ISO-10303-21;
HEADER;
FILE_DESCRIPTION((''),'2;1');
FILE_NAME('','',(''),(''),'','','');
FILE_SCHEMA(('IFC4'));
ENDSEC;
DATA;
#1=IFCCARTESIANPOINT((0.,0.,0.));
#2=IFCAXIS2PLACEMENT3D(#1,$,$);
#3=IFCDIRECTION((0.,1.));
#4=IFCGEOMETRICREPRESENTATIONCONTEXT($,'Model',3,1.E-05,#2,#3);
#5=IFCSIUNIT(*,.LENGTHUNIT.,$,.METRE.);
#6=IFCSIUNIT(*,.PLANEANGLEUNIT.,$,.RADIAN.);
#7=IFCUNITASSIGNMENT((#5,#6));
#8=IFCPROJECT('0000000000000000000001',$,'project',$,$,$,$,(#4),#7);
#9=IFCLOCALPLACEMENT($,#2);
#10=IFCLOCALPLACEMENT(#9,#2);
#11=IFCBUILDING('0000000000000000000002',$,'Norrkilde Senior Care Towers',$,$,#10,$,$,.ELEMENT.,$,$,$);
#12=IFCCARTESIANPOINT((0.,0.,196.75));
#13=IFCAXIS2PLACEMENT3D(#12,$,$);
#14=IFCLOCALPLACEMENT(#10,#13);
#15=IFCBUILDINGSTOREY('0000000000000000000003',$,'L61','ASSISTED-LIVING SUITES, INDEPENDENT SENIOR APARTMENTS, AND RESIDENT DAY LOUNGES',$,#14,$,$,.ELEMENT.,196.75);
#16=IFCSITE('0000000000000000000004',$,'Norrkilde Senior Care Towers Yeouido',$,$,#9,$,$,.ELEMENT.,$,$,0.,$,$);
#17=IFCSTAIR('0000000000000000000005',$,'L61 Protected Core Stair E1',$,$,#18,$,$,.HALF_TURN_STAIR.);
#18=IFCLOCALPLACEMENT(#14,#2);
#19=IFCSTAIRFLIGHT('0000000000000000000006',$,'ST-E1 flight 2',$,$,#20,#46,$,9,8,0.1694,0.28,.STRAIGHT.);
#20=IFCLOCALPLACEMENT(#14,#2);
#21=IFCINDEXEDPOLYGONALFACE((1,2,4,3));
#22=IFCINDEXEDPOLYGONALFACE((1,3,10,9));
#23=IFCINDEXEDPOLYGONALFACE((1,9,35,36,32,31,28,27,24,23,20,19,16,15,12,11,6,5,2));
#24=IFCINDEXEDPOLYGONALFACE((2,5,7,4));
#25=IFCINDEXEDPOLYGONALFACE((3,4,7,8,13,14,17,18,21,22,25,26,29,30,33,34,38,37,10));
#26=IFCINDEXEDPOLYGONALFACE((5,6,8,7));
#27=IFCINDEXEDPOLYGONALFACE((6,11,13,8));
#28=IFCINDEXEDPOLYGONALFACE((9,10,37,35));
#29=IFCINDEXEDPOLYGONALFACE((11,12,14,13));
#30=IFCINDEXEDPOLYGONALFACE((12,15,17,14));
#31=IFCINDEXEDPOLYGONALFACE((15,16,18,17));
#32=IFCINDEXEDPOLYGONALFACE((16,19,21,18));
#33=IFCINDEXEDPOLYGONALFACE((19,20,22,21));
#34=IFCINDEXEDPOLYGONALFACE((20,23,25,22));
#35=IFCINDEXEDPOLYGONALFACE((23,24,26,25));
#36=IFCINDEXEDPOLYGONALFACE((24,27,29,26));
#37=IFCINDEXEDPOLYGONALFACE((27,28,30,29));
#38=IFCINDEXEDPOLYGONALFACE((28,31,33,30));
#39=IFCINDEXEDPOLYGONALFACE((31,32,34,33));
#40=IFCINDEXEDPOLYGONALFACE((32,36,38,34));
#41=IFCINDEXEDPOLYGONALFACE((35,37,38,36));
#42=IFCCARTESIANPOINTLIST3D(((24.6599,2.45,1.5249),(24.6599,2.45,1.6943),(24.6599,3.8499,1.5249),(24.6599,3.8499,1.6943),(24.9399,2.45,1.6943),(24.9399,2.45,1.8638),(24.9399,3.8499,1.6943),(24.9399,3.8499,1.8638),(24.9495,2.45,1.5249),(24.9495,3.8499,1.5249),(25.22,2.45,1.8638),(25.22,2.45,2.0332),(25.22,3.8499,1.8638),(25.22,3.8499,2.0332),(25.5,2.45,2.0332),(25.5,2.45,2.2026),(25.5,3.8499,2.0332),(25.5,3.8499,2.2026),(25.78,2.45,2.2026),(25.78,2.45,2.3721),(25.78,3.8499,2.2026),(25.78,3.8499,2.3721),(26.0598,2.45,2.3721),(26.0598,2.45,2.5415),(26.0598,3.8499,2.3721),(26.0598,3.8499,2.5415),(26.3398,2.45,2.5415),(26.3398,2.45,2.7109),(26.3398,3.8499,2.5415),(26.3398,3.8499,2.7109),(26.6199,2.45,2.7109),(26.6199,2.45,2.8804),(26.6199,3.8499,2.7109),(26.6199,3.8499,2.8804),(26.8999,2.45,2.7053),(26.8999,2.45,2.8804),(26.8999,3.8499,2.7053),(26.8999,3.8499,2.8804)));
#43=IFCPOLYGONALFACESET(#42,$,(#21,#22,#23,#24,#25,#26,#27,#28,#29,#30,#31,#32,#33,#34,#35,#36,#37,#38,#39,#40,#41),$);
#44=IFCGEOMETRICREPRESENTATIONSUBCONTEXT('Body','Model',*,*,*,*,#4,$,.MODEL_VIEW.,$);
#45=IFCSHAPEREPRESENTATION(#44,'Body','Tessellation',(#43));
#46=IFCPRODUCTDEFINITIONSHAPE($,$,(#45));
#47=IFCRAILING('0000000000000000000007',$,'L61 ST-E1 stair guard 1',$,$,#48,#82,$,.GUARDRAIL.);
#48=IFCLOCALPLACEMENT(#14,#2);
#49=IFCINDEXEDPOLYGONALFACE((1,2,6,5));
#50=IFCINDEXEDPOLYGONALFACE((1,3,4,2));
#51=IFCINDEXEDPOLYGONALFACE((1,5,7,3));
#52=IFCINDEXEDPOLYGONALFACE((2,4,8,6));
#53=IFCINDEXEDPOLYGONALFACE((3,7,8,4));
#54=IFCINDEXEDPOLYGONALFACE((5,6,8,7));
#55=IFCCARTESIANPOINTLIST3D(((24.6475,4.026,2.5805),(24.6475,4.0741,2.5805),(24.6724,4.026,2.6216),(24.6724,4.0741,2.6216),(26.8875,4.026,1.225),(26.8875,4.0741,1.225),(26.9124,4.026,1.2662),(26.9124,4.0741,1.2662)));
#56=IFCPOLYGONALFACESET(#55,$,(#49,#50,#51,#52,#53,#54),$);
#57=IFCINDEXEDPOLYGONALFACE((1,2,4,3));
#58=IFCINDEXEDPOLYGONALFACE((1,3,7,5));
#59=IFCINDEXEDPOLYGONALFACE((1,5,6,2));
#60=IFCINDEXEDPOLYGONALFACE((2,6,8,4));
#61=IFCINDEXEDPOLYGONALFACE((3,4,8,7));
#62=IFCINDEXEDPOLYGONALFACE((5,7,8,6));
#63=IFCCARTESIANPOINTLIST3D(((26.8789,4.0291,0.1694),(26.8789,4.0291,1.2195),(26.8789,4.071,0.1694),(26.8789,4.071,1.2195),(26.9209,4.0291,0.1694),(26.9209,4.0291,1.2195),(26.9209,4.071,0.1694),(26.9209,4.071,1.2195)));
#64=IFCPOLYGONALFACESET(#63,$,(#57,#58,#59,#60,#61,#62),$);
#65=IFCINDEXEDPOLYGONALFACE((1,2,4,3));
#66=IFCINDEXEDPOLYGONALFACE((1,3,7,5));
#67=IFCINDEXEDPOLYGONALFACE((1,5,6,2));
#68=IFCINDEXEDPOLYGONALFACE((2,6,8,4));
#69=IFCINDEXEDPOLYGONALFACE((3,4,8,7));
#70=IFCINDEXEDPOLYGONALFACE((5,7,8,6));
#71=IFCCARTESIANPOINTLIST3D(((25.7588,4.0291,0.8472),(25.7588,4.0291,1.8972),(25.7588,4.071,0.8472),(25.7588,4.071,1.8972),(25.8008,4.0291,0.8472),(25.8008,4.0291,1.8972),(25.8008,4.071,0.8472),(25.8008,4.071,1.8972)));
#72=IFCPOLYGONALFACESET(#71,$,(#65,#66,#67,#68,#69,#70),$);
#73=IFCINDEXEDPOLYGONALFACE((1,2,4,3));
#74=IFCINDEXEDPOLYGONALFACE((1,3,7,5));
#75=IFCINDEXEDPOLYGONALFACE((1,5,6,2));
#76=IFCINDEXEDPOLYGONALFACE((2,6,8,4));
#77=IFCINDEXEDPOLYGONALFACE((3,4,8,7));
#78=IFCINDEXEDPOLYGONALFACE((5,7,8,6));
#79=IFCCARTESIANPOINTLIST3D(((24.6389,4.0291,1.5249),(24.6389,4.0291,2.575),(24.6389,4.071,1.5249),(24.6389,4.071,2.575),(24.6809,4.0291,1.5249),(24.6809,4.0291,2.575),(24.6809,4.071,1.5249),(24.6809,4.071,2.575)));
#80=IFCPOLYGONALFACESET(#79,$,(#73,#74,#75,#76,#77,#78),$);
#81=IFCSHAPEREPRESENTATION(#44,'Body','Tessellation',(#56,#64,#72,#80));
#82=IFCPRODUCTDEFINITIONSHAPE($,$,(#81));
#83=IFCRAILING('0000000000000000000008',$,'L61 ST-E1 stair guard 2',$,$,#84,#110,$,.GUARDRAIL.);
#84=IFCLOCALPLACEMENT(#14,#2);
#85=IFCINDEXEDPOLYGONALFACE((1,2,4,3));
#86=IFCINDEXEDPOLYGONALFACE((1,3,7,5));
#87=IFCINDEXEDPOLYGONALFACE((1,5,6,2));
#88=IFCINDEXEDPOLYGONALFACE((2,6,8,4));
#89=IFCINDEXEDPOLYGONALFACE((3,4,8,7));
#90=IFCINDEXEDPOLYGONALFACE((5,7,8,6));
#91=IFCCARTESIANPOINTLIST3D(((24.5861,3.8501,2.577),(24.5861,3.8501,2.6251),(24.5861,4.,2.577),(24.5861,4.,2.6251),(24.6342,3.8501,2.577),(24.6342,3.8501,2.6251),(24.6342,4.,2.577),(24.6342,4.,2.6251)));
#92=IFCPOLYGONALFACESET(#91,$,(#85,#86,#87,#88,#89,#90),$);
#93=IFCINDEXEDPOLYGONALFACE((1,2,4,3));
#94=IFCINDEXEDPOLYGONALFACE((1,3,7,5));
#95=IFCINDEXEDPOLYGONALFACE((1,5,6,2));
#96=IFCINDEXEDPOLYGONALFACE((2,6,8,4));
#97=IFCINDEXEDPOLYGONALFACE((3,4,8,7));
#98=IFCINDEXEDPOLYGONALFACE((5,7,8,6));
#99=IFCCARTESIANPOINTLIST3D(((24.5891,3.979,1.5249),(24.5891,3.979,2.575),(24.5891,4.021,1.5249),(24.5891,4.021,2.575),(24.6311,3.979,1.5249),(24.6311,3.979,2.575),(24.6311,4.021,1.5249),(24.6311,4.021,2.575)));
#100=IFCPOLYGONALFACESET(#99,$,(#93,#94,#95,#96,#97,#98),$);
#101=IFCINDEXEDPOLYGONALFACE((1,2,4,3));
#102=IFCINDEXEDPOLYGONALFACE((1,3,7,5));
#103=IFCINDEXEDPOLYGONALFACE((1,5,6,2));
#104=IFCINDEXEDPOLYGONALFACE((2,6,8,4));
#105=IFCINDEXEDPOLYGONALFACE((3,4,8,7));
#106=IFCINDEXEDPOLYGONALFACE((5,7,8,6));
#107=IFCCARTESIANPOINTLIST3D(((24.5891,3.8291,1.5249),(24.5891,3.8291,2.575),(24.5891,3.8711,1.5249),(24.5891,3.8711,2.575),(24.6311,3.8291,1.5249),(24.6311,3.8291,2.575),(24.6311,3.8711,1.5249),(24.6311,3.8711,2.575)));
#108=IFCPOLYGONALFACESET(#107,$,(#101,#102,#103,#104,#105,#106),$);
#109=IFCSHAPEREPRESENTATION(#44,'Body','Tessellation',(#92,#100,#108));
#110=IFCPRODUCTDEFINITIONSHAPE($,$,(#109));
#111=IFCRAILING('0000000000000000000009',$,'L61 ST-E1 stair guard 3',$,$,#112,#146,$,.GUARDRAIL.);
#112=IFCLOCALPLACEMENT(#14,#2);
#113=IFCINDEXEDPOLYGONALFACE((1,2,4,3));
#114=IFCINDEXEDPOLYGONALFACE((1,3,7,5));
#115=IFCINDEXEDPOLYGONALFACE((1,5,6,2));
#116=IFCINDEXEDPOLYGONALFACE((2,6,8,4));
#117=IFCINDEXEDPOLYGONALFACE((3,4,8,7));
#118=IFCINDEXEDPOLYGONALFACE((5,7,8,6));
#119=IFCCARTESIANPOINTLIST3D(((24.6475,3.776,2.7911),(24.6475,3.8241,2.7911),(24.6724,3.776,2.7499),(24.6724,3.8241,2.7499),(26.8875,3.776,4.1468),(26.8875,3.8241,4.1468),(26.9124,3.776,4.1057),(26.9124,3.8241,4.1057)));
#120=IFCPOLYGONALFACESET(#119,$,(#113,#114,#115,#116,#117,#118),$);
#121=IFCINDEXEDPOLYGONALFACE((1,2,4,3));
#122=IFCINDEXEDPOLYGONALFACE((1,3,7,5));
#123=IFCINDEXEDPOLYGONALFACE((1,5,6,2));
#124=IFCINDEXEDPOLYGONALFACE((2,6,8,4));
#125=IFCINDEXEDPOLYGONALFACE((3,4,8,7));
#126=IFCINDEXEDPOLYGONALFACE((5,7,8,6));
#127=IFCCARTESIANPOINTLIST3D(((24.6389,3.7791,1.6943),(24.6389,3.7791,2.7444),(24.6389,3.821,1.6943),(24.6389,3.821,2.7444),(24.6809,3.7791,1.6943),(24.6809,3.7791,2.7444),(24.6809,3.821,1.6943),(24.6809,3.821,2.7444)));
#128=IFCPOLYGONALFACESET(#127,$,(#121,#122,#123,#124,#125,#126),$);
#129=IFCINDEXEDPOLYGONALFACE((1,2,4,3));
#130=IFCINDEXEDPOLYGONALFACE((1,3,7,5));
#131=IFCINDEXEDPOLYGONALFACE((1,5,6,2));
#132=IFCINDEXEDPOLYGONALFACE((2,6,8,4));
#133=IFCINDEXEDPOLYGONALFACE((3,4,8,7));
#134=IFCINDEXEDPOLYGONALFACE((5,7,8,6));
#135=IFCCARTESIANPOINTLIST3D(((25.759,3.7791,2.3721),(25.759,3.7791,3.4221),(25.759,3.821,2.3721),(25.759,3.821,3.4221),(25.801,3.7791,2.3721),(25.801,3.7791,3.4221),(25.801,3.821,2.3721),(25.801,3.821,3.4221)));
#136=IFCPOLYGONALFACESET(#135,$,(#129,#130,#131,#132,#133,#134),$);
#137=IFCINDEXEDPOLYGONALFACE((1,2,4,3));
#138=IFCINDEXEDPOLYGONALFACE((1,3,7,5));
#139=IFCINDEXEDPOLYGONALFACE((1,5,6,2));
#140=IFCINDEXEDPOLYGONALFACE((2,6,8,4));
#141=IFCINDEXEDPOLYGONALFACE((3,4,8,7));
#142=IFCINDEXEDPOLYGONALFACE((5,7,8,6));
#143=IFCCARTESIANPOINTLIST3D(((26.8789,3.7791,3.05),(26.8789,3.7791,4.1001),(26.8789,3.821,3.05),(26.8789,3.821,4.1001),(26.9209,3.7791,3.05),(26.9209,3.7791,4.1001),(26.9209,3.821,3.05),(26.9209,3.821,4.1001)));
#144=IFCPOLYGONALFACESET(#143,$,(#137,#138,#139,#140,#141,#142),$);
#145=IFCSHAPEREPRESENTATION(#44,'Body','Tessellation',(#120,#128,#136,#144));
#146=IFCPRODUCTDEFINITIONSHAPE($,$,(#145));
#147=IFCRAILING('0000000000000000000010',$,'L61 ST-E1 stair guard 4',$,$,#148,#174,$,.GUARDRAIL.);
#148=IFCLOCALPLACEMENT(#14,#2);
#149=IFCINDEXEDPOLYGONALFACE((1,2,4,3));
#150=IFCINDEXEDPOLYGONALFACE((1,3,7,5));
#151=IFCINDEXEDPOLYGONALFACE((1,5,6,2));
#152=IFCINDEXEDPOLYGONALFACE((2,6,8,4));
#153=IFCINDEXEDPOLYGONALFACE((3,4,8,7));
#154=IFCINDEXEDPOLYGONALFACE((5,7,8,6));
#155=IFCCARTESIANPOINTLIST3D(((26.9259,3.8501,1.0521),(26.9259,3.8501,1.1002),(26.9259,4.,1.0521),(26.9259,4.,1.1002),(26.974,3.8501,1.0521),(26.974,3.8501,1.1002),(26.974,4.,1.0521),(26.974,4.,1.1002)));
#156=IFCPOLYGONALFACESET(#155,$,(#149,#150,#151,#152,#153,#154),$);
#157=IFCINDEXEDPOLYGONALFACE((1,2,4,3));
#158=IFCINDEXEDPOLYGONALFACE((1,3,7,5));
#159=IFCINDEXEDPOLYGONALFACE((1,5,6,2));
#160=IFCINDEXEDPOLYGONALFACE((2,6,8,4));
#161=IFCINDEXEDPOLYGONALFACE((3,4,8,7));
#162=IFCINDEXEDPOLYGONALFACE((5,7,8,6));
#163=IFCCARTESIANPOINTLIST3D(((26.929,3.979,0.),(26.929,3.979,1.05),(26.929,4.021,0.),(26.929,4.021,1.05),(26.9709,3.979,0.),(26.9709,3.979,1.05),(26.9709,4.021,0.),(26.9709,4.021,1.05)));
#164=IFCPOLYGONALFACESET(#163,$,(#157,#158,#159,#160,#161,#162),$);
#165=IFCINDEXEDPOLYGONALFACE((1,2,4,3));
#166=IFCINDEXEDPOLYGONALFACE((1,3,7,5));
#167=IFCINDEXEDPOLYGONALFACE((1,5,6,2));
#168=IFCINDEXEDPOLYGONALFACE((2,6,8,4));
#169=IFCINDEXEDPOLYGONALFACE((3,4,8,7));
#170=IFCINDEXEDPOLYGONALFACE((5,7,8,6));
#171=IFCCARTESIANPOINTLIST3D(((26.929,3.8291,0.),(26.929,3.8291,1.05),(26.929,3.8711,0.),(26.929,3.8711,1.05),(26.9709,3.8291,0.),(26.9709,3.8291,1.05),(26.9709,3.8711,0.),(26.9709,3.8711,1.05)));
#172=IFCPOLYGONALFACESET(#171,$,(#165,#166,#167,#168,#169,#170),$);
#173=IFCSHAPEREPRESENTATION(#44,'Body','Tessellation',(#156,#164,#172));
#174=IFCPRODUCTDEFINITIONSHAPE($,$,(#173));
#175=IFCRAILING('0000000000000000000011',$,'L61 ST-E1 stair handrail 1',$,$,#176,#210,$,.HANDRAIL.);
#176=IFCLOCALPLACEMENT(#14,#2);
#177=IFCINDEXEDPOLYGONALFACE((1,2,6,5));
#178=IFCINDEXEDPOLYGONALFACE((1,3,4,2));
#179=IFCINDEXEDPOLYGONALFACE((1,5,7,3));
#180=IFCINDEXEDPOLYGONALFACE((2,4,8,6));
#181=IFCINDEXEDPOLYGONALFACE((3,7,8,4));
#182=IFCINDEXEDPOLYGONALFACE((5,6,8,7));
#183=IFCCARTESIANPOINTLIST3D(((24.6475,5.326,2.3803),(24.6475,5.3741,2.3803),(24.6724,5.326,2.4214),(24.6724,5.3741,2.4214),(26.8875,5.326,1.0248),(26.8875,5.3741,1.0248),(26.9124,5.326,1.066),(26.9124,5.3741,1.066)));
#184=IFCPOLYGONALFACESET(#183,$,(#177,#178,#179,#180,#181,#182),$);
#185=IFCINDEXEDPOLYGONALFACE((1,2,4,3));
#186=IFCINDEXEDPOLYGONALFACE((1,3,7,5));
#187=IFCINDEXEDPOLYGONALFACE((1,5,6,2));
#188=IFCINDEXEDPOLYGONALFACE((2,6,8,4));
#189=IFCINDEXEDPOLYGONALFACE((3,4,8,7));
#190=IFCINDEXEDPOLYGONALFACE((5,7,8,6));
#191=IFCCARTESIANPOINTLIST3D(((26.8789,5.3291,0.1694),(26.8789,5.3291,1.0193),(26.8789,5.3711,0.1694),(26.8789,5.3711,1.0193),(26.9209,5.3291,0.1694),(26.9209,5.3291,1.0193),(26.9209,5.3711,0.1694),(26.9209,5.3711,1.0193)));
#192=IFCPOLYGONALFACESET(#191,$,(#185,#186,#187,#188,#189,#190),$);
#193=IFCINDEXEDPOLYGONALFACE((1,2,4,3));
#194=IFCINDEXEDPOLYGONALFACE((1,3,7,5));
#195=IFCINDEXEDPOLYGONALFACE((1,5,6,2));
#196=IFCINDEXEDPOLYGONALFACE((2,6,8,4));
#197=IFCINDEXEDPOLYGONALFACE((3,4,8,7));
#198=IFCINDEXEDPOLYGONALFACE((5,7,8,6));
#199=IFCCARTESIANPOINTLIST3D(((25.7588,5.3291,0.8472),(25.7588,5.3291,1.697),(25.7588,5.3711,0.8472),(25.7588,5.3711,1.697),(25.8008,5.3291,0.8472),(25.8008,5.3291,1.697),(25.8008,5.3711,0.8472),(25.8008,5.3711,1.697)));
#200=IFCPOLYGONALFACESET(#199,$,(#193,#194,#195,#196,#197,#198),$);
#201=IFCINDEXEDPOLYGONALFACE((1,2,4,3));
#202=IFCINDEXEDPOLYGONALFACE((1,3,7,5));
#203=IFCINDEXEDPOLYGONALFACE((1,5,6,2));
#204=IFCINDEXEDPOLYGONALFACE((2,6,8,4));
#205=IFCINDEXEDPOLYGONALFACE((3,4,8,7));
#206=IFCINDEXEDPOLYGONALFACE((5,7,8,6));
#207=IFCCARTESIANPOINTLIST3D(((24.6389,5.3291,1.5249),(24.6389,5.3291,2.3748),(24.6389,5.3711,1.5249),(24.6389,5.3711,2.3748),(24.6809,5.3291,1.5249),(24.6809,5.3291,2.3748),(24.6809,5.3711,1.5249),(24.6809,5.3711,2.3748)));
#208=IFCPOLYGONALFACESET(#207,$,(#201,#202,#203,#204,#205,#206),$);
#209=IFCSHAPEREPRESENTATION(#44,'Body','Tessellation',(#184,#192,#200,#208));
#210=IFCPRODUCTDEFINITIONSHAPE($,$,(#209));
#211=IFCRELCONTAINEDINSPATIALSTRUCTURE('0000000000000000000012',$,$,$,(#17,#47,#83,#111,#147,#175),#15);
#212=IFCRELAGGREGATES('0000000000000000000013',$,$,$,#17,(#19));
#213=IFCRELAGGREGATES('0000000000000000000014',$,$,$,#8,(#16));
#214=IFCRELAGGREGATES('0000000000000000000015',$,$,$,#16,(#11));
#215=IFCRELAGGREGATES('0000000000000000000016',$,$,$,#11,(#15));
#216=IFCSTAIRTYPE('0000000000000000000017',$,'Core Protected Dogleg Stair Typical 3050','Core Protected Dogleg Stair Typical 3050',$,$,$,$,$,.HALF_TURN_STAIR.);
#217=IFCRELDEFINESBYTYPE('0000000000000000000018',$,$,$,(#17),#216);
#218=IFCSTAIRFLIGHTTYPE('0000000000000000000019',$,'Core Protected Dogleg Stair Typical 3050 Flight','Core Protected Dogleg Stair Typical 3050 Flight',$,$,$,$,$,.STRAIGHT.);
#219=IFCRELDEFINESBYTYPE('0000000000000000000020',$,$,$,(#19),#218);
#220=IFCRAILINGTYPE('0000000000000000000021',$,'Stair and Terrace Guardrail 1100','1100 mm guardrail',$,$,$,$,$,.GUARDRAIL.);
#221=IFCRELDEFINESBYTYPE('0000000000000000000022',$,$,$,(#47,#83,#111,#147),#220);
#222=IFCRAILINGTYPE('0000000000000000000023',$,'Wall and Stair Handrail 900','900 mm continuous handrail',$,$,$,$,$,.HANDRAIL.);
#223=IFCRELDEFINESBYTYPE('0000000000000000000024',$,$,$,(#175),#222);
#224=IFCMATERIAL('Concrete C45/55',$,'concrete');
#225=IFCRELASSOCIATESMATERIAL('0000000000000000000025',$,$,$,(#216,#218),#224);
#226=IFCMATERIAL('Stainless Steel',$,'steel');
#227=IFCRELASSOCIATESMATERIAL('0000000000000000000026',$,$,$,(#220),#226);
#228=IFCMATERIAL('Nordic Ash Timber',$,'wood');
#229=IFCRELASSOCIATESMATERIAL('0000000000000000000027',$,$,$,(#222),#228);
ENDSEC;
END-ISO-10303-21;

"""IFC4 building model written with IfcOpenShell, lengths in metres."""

from ifc_helpers import new_model, si_unit, direction, frame, origin, origin_2d, place, context, subcontext, project, spatial, polyline, rectangle, outline, extrude, material, type_object, element, aggregate, save


model = new_model("IFC4")

# Units and contexts
model_context = context("Model", 3, precision=1e-05, world=origin(), true_north=direction((0.0, 1.0)))
body_context = subcontext(model_context, "Body", "Model", "MODEL_VIEW")
ifc_project = project(units=[si_unit("LENGTHUNIT", "METRE"), si_unit("PLANEANGLEUNIT", "RADIAN")], contexts=[model_context])

# Site, building, storey
site_placement = place(None, origin())
site = spatial("IfcSite", under=ifc_project, at=site_placement, Name="Norrkilde Senior Care Towers Yeouido", CompositionType="ELEMENT", RefElevation=0.0)
building_placement = place(site_placement, origin())
building = spatial("IfcBuilding", under=site, at=building_placement, Name="Norrkilde Senior Care Towers", CompositionType="ELEMENT")
storey_placement = place(building_placement, frame((0.0, 0.0, 196.75)))
storey = spatial("IfcBuildingStorey", under=building, at=storey_placement, Name="L61", Description="ASSISTED-LIVING SUITES, INDEPENDENT SENIOR APARTMENTS, AND RESIDENT DAY LOUNGES", CompositionType="ELEMENT", Elevation=196.75)

# Shared definitions
ifc_material_1 = material(Name="Concrete C45/55", Category="concrete")

# Shared definitions
ifc_material_2 = material(Name="Stainless Steel", Category="steel")

# Shared definitions
ifc_material_3 = material(Name="Nordic Ash Timber", Category="wood")

# Stair, stair flight
stair_type = type_object("IfcStairType", Name="Core Protected Dogleg Stair Typical 3050", Description="Core Protected Dogleg Stair Typical 3050", PredefinedType="HALF_TURN_STAIR", material=ifc_material_1)
stair_placement = place(storey_placement, origin())
stair = element("IfcStair", 1, at=stair_placement, inside=storey, type_object=stair_type, Name="L61 Protected Core Stair E1", PredefinedType="HALF_TURN_STAIR")
stair_flight_type = type_object("IfcStairFlightType", Name="Core Protected Dogleg Stair Typical 3050 Flight", Description="Core Protected Dogleg Stair Typical 3050 Flight", PredefinedType="STRAIGHT", material=ifc_material_1)
stair_flight_1_placement = place(storey_placement, frame((24.6599, 3.1499, 1.5249), z_axis=(0.0, 0.0, 1.0), x_axis=(1.0, 0.0, 0.0)))
stair_flight_1 = element("IfcStairFlight", 2, at=stair_flight_1_placement, type_object=stair_flight_type, Name="ST-E1 flight 2", NumberOfRisers=9, NumberOfTreads=8, PredefinedType="STRAIGHT", RiserHeight=0.1694, TreadLength=0.28, context=body_context, shape_type="SweptSolid", body=[
    extrude(outline(polyline([(0.0, 0.0), (0.0, 0.1694), (0.28, 0.1694), (0.28, 0.3389), (0.5601, 0.3389), (0.5601, 0.5083), (0.8401, 0.5083), (0.8401, 0.6777), (1.1201, 0.6777), (1.1201, 0.8472), (1.3999, 0.8472), (1.3999, 1.0166), (1.6799, 1.0166), (1.6799, 1.186), (1.96, 1.186), (1.96, 1.3555), (2.24, 1.3555), (2.24, 1.5249), (2.24, 1.1804), (0.2896, 0.0), (0.0, 0.0)])), frame((0.0, 0.7, 0.0), z_axis=(0.0, -1.0, 0.0), x_axis=(1.0, 0.0, 0.0)), (0.0, 0.0, 1.0), 1.3999),
])
aggregate(stair, [stair_flight_1])

# Railings
railing_type_1 = type_object("IfcRailingType", Name="Stair and Terrace Guardrail 1100", Description="1100 mm guardrail", PredefinedType="GUARDRAIL", material=ifc_material_2)
railing_1_placement = place(storey_placement, frame((26.8999, 4.05, 0.1694)))
element("IfcRailing", 3, at=railing_1_placement, inside=storey, type_object=railing_type_1, Name="L61 ST-E1 stair guard 1", PredefinedType="GUARDRAIL", context=body_context, shape_type="SweptSolid", body=[
    extrude(rectangle(XDim=0.0481, YDim=0.0481, at=origin_2d()), frame((0.0, 0.0, 1.0762), z_axis=(-0.855553, 0.0, 0.517715), x_axis=(0.0, -1.0, 0.0)), (0.0, 0.0, 1.0), 2.6182),
    extrude(rectangle(XDim=0.042, YDim=0.042, at=origin_2d()), origin(), (0.0, 0.0, 1.0), 1.05),
    extrude(rectangle(XDim=0.042, YDim=0.042, at=origin_2d()), frame((-1.1201, 0.0, 0.6777)), (0.0, 0.0, 1.0), 1.05),
    extrude(rectangle(XDim=0.042, YDim=0.042, at=origin_2d()), frame((-2.24, 0.0, 1.3555)), (0.0, 0.0, 1.0), 1.05),
])
railing_2_placement = place(storey_placement, frame((24.6101, 4.0, 1.5249)))
element("IfcRailing", 4, at=railing_2_placement, inside=storey, type_object=railing_type_1, Name="L61 ST-E1 stair guard 2", PredefinedType="GUARDRAIL", context=body_context, shape_type="SweptSolid", body=[
    extrude(rectangle(XDim=0.0481, YDim=0.0481, at=origin_2d()), frame((0.0, 0.0, 1.0762), z_axis=(0.0, -1.0, 0.0), x_axis=(1.0, 0.0, 0.0)), (0.0, 0.0, 1.0), 0.1499),
    extrude(rectangle(XDim=0.042, YDim=0.042, at=origin_2d()), origin(), (0.0, 0.0, 1.0), 1.05),
    extrude(rectangle(XDim=0.042, YDim=0.042, at=origin_2d()), frame((0.0, -0.1499, 0.0)), (0.0, 0.0, 1.0), 1.05),
])
railing_3_placement = place(storey_placement, frame((24.6599, 3.8, 1.6943)))
element("IfcRailing", 5, at=railing_3_placement, inside=storey, type_object=railing_type_1, Name="L61 ST-E1 stair guard 3", PredefinedType="GUARDRAIL", context=body_context, shape_type="SweptSolid", body=[
    extrude(rectangle(XDim=0.0481, YDim=0.0481, at=origin_2d()), frame((0.0, 0.0, 1.0762), z_axis=(0.855512, 0.0, 0.517783), x_axis=(0.0, 1.0, 0.0)), (0.0, 0.0, 1.0), 2.6184),
    extrude(rectangle(XDim=0.042, YDim=0.042, at=origin_2d()), origin(), (0.0, 0.0, 1.0), 1.05),
    extrude(rectangle(XDim=0.042, YDim=0.042, at=origin_2d()), frame((1.1201, 0.0, 0.6777)), (0.0, 0.0, 1.0), 1.05),
    extrude(rectangle(XDim=0.042, YDim=0.042, at=origin_2d()), frame((2.24, 0.0, 1.3557)), (0.0, 0.0, 1.0), 1.05),
])
railing_4_placement = place(storey_placement, frame((26.95, 4.0, 0.0)))
element("IfcRailing", 6, at=railing_4_placement, inside=storey, type_object=railing_type_1, Name="L61 ST-E1 stair guard 4", PredefinedType="GUARDRAIL", context=body_context, shape_type="SweptSolid", body=[
    extrude(rectangle(XDim=0.0481, YDim=0.0481, at=origin_2d()), frame((0.0, 0.0, 1.0762), z_axis=(0.0, -1.0, 0.0), x_axis=(1.0, 0.0, 0.0)), (0.0, 0.0, 1.0), 0.1499),
    extrude(rectangle(XDim=0.042, YDim=0.042, at=origin_2d()), origin(), (0.0, 0.0, 1.0), 1.05),
    extrude(rectangle(XDim=0.042, YDim=0.042, at=origin_2d()), frame((0.0, -0.1499, 0.0)), (0.0, 0.0, 1.0), 1.05),
])
railing_type_2 = type_object("IfcRailingType", Name="Wall and Stair Handrail 900", Description="900 mm continuous handrail", PredefinedType="HANDRAIL", material=ifc_material_3)
railing_5_placement = place(storey_placement, frame((26.8999, 5.3501, 0.1694)))
element("IfcRailing", 7, at=railing_5_placement, inside=storey, type_object=railing_type_2, Name="L61 ST-E1 stair handrail 1", PredefinedType="HANDRAIL", context=body_context, shape_type="SweptSolid", body=[
    extrude(rectangle(XDim=0.0481, YDim=0.0481, at=origin_2d()), frame((0.0, 0.0, 0.876), z_axis=(-0.855553, 0.0, 0.517715), x_axis=(0.0, -1.0, 0.0)), (0.0, 0.0, 1.0), 2.6182),
    extrude(rectangle(XDim=0.042, YDim=0.042, at=origin_2d()), origin(), (0.0, 0.0, 1.0), 0.8499),
    extrude(rectangle(XDim=0.042, YDim=0.042, at=origin_2d()), frame((-1.1201, 0.0, 0.6777)), (0.0, 0.0, 1.0), 0.8499),
    extrude(rectangle(XDim=0.042, YDim=0.042, at=origin_2d()), frame((-2.24, 0.0, 1.3555)), (0.0, 0.0, 1.0), 0.8499),
])

save(model, "model.ifc")
